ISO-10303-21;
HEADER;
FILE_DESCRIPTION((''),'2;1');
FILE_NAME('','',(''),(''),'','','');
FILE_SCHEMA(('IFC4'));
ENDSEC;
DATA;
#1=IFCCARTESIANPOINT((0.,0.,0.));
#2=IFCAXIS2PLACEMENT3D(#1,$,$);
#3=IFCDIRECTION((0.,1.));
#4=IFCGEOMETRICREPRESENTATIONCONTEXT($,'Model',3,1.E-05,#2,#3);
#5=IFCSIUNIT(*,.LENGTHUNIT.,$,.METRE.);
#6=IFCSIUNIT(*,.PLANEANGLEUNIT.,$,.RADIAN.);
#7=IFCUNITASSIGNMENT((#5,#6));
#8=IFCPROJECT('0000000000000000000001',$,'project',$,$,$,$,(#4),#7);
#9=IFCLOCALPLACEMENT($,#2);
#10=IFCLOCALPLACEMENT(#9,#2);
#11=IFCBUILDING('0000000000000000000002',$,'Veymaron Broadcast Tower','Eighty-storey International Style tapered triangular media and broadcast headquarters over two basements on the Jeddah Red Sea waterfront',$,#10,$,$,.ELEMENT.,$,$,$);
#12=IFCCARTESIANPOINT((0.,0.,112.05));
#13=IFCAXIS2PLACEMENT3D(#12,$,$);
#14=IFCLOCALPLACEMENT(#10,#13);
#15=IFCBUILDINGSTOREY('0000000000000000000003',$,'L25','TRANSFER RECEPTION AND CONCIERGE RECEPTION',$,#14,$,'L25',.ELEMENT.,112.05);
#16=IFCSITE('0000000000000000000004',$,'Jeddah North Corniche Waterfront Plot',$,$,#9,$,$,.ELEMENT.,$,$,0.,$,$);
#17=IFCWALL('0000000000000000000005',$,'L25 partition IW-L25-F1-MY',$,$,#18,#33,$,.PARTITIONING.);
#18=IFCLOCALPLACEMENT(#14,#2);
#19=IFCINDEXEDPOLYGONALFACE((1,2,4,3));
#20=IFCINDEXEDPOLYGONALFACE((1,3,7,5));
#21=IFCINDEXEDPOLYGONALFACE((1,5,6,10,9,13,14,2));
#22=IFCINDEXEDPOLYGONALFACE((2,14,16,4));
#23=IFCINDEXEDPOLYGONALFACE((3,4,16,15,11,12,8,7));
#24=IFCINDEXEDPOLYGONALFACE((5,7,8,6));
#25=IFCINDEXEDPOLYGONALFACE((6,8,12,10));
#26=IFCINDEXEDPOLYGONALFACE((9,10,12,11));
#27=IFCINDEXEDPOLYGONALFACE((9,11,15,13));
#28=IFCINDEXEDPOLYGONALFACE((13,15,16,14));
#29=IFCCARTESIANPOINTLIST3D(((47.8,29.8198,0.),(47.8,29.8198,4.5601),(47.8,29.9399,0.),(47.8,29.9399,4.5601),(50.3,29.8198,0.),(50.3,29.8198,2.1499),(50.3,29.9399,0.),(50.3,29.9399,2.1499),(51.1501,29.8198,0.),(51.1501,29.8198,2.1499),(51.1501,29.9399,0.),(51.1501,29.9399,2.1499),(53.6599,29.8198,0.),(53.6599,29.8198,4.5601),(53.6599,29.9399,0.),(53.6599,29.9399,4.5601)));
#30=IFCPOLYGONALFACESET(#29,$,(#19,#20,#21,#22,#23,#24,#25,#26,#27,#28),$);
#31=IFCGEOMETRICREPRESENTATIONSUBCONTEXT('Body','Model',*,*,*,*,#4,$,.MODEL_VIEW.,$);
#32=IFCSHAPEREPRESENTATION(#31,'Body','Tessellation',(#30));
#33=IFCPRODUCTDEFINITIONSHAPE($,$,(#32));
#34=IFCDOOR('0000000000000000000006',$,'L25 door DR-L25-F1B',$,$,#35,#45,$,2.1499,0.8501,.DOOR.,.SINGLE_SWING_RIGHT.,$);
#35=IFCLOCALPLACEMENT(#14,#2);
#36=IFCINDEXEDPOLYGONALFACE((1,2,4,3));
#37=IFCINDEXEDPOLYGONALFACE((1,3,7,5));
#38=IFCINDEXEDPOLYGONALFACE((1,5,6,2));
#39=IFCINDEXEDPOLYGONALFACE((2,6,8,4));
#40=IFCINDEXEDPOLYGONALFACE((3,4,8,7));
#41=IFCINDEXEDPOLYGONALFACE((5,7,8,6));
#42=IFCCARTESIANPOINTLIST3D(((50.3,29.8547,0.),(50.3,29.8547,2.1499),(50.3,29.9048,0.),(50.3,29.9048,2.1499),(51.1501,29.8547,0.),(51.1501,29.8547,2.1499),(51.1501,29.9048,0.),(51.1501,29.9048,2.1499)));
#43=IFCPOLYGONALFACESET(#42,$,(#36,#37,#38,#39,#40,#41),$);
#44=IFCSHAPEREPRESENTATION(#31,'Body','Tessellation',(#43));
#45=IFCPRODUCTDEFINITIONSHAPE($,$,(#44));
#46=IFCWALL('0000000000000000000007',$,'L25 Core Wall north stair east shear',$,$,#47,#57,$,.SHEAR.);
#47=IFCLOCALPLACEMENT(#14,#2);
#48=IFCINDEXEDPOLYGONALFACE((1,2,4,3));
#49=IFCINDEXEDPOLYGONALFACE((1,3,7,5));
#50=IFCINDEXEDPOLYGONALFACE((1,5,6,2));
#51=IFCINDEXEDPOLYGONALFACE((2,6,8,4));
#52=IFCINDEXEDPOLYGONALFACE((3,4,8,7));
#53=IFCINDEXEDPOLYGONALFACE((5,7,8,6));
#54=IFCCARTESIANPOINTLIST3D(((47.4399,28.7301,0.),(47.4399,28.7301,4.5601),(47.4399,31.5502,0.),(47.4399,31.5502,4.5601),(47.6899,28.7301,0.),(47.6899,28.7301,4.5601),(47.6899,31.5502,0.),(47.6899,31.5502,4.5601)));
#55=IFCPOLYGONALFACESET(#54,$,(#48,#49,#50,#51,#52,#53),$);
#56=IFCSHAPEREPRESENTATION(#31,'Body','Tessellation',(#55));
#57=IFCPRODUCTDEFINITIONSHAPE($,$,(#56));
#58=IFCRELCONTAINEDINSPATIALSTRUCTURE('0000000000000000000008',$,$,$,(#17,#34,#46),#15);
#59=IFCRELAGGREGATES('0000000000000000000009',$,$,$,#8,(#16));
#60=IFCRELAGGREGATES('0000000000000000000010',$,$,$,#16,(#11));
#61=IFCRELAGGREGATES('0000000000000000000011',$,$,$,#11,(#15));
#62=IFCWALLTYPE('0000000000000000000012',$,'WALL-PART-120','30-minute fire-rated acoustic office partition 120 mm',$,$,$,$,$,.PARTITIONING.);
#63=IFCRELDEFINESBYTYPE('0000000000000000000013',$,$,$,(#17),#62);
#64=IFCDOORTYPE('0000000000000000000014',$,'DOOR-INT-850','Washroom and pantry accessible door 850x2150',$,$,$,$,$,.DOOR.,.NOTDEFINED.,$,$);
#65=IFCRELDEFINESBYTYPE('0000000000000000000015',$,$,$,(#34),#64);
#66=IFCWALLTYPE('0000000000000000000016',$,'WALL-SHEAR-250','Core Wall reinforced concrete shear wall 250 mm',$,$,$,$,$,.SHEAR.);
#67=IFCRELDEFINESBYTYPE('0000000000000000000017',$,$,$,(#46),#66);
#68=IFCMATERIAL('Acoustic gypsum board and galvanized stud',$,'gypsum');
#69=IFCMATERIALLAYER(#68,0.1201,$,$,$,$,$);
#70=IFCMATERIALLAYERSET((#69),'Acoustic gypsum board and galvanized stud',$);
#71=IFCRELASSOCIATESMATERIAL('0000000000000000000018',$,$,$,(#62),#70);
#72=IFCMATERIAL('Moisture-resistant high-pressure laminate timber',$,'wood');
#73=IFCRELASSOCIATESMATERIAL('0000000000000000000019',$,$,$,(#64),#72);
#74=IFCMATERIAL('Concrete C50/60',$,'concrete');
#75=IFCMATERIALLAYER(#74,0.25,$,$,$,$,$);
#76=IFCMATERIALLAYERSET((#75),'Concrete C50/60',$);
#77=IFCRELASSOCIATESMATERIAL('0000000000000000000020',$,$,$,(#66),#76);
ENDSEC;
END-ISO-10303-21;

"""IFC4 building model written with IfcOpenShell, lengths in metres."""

from ifc_helpers import new_model, si_unit, direction, frame, frame_2d, origin, place, context, subcontext, project, spatial, rectangle, extrude, material, layer, layer_set, type_object, element, fill, save


model = new_model("IFC4")

# Units and contexts
model_context = context("Model", 3, precision=1e-05, world=origin(), true_north=direction((0.0, 1.0)))
body_context = subcontext(model_context, "Body", "Model", "MODEL_VIEW")
ifc_project = project(units=[si_unit("LENGTHUNIT", "METRE"), si_unit("PLANEANGLEUNIT", "RADIAN")], contexts=[model_context])

# Site, building, storey
site_placement = place(None, origin())
site = spatial("IfcSite", under=ifc_project, at=site_placement, Name="Jeddah North Corniche Waterfront Plot", CompositionType="ELEMENT", RefElevation=0.0)
building_placement = place(site_placement, origin())
building = spatial("IfcBuilding", under=site, at=building_placement, Name="Veymaron Broadcast Tower", Description="Eighty-storey International Style tapered triangular media and broadcast headquarters over two basements on the Jeddah Red Sea waterfront", CompositionType="ELEMENT")
storey_placement = place(building_placement, frame((0.0, 0.0, 112.05)))
storey = spatial("IfcBuildingStorey", under=building, at=storey_placement, Name="L25", Description="TRANSFER RECEPTION AND CONCIERGE RECEPTION", LongName="L25", CompositionType="ELEMENT", Elevation=112.05)

# Wall, opening, door
ifc_material_1 = material(Name="Acoustic gypsum board and galvanized stud", Category="gypsum")
ifc_layer_1 = layer(ifc_material_1, 0.1201)
ifc_layer_set_1 = layer_set([ifc_layer_1], Name="Acoustic gypsum board and galvanized stud")
wall_type_1 = type_object("IfcWallType", Name="WALL-PART-120", Description="30-minute fire-rated acoustic office partition 120 mm", PredefinedType="PARTITIONING", material=ifc_layer_set_1)
ifc_material_2 = material(Name="Moisture-resistant high-pressure laminate timber", Category="wood")
door_type_1 = type_object("IfcDoorType", Name="DOOR-INT-850", Description="Washroom and pantry accessible door 850x2150", OperationType="NOTDEFINED", PredefinedType="DOOR", material=ifc_material_2)
wall_1_placement = place(storey_placement, frame((47.8, 29.8799, 0.0), z_axis=(0.0, 0.0, 1.0), x_axis=(1.0, 0.0, 0.0)))
wall_1 = element("IfcWall", 1, at=wall_1_placement, inside=storey, type_object=wall_type_1, Name="L25 partition IW-L25-F1-MY", PredefinedType="PARTITIONING", context=body_context, shape_type="SweptSolid", body=[
    extrude(rectangle(XDim=5.8599, YDim=0.1201, at=frame_2d((2.9299, 0.0))), origin(), (0.0, 0.0, 1.0), 4.5601),
])
opening_1_placement = place(wall_1_placement, frame((2.5, 0.0, 0.0)))
opening_1 = element("IfcOpeningElement", 2, at=opening_1_placement, cuts=wall_1, PredefinedType="OPENING", context=body_context, shape_type="SweptSolid", body=[
    extrude(rectangle(XDim=0.8501, YDim=2.1499, at=frame_2d((0.425, 1.075))), frame((0.0, 0.0701, 0.0), z_axis=(0.0, -1.0, 0.0), x_axis=(1.0, 0.0, 0.0)), (0.0, 0.0, 1.0), 0.1401),
])
door_1_placement = place(opening_1_placement, origin())
door_1 = element("IfcDoor", 3, at=door_1_placement, inside=storey, type_object=door_type_1, Name="L25 door DR-L25-F1B", OperationType="SINGLE_SWING_RIGHT", OverallHeight=2.1499, OverallWidth=0.8501, PredefinedType="DOOR", context=body_context, shape_type="SweptSolid", body=[
    extrude(rectangle(XDim=0.8501, YDim=2.1499, at=frame_2d((0.425, 1.075))), frame((0.0, 0.0249, 0.0), z_axis=(0.0, -1.0, 0.0), x_axis=(1.0, 0.0, 0.0)), (0.0, 0.0, 1.0), 0.05),
])
fill(opening_1, door_1)

# Wall
ifc_material_3 = material(Name="Concrete C50/60", Category="concrete")
ifc_layer_2 = layer(ifc_material_3, 0.25)
ifc_layer_set_2 = layer_set([ifc_layer_2], Name="Concrete C50/60")
wall_type_2 = type_object("IfcWallType", Name="WALL-SHEAR-250", Description="Core Wall reinforced concrete shear wall 250 mm", PredefinedType="SHEAR", material=ifc_layer_set_2)
wall_2_placement = place(storey_placement, frame((47.5649, 28.73, 0.0), z_axis=(0.0, 0.0, 1.0), x_axis=(0.0, 1.0, 0.0)))
element("IfcWall", 4, at=wall_2_placement, inside=storey, type_object=wall_type_2, Name="L25 Core Wall north stair east shear", PredefinedType="SHEAR", context=body_context, shape_type="SweptSolid", body=[
    extrude(rectangle(XDim=2.8201, YDim=0.25, at=frame_2d((1.4102, 0.0))), origin(), (0.0, 0.0, 1.0), 4.5601),
])

save(model, "model.ifc")
